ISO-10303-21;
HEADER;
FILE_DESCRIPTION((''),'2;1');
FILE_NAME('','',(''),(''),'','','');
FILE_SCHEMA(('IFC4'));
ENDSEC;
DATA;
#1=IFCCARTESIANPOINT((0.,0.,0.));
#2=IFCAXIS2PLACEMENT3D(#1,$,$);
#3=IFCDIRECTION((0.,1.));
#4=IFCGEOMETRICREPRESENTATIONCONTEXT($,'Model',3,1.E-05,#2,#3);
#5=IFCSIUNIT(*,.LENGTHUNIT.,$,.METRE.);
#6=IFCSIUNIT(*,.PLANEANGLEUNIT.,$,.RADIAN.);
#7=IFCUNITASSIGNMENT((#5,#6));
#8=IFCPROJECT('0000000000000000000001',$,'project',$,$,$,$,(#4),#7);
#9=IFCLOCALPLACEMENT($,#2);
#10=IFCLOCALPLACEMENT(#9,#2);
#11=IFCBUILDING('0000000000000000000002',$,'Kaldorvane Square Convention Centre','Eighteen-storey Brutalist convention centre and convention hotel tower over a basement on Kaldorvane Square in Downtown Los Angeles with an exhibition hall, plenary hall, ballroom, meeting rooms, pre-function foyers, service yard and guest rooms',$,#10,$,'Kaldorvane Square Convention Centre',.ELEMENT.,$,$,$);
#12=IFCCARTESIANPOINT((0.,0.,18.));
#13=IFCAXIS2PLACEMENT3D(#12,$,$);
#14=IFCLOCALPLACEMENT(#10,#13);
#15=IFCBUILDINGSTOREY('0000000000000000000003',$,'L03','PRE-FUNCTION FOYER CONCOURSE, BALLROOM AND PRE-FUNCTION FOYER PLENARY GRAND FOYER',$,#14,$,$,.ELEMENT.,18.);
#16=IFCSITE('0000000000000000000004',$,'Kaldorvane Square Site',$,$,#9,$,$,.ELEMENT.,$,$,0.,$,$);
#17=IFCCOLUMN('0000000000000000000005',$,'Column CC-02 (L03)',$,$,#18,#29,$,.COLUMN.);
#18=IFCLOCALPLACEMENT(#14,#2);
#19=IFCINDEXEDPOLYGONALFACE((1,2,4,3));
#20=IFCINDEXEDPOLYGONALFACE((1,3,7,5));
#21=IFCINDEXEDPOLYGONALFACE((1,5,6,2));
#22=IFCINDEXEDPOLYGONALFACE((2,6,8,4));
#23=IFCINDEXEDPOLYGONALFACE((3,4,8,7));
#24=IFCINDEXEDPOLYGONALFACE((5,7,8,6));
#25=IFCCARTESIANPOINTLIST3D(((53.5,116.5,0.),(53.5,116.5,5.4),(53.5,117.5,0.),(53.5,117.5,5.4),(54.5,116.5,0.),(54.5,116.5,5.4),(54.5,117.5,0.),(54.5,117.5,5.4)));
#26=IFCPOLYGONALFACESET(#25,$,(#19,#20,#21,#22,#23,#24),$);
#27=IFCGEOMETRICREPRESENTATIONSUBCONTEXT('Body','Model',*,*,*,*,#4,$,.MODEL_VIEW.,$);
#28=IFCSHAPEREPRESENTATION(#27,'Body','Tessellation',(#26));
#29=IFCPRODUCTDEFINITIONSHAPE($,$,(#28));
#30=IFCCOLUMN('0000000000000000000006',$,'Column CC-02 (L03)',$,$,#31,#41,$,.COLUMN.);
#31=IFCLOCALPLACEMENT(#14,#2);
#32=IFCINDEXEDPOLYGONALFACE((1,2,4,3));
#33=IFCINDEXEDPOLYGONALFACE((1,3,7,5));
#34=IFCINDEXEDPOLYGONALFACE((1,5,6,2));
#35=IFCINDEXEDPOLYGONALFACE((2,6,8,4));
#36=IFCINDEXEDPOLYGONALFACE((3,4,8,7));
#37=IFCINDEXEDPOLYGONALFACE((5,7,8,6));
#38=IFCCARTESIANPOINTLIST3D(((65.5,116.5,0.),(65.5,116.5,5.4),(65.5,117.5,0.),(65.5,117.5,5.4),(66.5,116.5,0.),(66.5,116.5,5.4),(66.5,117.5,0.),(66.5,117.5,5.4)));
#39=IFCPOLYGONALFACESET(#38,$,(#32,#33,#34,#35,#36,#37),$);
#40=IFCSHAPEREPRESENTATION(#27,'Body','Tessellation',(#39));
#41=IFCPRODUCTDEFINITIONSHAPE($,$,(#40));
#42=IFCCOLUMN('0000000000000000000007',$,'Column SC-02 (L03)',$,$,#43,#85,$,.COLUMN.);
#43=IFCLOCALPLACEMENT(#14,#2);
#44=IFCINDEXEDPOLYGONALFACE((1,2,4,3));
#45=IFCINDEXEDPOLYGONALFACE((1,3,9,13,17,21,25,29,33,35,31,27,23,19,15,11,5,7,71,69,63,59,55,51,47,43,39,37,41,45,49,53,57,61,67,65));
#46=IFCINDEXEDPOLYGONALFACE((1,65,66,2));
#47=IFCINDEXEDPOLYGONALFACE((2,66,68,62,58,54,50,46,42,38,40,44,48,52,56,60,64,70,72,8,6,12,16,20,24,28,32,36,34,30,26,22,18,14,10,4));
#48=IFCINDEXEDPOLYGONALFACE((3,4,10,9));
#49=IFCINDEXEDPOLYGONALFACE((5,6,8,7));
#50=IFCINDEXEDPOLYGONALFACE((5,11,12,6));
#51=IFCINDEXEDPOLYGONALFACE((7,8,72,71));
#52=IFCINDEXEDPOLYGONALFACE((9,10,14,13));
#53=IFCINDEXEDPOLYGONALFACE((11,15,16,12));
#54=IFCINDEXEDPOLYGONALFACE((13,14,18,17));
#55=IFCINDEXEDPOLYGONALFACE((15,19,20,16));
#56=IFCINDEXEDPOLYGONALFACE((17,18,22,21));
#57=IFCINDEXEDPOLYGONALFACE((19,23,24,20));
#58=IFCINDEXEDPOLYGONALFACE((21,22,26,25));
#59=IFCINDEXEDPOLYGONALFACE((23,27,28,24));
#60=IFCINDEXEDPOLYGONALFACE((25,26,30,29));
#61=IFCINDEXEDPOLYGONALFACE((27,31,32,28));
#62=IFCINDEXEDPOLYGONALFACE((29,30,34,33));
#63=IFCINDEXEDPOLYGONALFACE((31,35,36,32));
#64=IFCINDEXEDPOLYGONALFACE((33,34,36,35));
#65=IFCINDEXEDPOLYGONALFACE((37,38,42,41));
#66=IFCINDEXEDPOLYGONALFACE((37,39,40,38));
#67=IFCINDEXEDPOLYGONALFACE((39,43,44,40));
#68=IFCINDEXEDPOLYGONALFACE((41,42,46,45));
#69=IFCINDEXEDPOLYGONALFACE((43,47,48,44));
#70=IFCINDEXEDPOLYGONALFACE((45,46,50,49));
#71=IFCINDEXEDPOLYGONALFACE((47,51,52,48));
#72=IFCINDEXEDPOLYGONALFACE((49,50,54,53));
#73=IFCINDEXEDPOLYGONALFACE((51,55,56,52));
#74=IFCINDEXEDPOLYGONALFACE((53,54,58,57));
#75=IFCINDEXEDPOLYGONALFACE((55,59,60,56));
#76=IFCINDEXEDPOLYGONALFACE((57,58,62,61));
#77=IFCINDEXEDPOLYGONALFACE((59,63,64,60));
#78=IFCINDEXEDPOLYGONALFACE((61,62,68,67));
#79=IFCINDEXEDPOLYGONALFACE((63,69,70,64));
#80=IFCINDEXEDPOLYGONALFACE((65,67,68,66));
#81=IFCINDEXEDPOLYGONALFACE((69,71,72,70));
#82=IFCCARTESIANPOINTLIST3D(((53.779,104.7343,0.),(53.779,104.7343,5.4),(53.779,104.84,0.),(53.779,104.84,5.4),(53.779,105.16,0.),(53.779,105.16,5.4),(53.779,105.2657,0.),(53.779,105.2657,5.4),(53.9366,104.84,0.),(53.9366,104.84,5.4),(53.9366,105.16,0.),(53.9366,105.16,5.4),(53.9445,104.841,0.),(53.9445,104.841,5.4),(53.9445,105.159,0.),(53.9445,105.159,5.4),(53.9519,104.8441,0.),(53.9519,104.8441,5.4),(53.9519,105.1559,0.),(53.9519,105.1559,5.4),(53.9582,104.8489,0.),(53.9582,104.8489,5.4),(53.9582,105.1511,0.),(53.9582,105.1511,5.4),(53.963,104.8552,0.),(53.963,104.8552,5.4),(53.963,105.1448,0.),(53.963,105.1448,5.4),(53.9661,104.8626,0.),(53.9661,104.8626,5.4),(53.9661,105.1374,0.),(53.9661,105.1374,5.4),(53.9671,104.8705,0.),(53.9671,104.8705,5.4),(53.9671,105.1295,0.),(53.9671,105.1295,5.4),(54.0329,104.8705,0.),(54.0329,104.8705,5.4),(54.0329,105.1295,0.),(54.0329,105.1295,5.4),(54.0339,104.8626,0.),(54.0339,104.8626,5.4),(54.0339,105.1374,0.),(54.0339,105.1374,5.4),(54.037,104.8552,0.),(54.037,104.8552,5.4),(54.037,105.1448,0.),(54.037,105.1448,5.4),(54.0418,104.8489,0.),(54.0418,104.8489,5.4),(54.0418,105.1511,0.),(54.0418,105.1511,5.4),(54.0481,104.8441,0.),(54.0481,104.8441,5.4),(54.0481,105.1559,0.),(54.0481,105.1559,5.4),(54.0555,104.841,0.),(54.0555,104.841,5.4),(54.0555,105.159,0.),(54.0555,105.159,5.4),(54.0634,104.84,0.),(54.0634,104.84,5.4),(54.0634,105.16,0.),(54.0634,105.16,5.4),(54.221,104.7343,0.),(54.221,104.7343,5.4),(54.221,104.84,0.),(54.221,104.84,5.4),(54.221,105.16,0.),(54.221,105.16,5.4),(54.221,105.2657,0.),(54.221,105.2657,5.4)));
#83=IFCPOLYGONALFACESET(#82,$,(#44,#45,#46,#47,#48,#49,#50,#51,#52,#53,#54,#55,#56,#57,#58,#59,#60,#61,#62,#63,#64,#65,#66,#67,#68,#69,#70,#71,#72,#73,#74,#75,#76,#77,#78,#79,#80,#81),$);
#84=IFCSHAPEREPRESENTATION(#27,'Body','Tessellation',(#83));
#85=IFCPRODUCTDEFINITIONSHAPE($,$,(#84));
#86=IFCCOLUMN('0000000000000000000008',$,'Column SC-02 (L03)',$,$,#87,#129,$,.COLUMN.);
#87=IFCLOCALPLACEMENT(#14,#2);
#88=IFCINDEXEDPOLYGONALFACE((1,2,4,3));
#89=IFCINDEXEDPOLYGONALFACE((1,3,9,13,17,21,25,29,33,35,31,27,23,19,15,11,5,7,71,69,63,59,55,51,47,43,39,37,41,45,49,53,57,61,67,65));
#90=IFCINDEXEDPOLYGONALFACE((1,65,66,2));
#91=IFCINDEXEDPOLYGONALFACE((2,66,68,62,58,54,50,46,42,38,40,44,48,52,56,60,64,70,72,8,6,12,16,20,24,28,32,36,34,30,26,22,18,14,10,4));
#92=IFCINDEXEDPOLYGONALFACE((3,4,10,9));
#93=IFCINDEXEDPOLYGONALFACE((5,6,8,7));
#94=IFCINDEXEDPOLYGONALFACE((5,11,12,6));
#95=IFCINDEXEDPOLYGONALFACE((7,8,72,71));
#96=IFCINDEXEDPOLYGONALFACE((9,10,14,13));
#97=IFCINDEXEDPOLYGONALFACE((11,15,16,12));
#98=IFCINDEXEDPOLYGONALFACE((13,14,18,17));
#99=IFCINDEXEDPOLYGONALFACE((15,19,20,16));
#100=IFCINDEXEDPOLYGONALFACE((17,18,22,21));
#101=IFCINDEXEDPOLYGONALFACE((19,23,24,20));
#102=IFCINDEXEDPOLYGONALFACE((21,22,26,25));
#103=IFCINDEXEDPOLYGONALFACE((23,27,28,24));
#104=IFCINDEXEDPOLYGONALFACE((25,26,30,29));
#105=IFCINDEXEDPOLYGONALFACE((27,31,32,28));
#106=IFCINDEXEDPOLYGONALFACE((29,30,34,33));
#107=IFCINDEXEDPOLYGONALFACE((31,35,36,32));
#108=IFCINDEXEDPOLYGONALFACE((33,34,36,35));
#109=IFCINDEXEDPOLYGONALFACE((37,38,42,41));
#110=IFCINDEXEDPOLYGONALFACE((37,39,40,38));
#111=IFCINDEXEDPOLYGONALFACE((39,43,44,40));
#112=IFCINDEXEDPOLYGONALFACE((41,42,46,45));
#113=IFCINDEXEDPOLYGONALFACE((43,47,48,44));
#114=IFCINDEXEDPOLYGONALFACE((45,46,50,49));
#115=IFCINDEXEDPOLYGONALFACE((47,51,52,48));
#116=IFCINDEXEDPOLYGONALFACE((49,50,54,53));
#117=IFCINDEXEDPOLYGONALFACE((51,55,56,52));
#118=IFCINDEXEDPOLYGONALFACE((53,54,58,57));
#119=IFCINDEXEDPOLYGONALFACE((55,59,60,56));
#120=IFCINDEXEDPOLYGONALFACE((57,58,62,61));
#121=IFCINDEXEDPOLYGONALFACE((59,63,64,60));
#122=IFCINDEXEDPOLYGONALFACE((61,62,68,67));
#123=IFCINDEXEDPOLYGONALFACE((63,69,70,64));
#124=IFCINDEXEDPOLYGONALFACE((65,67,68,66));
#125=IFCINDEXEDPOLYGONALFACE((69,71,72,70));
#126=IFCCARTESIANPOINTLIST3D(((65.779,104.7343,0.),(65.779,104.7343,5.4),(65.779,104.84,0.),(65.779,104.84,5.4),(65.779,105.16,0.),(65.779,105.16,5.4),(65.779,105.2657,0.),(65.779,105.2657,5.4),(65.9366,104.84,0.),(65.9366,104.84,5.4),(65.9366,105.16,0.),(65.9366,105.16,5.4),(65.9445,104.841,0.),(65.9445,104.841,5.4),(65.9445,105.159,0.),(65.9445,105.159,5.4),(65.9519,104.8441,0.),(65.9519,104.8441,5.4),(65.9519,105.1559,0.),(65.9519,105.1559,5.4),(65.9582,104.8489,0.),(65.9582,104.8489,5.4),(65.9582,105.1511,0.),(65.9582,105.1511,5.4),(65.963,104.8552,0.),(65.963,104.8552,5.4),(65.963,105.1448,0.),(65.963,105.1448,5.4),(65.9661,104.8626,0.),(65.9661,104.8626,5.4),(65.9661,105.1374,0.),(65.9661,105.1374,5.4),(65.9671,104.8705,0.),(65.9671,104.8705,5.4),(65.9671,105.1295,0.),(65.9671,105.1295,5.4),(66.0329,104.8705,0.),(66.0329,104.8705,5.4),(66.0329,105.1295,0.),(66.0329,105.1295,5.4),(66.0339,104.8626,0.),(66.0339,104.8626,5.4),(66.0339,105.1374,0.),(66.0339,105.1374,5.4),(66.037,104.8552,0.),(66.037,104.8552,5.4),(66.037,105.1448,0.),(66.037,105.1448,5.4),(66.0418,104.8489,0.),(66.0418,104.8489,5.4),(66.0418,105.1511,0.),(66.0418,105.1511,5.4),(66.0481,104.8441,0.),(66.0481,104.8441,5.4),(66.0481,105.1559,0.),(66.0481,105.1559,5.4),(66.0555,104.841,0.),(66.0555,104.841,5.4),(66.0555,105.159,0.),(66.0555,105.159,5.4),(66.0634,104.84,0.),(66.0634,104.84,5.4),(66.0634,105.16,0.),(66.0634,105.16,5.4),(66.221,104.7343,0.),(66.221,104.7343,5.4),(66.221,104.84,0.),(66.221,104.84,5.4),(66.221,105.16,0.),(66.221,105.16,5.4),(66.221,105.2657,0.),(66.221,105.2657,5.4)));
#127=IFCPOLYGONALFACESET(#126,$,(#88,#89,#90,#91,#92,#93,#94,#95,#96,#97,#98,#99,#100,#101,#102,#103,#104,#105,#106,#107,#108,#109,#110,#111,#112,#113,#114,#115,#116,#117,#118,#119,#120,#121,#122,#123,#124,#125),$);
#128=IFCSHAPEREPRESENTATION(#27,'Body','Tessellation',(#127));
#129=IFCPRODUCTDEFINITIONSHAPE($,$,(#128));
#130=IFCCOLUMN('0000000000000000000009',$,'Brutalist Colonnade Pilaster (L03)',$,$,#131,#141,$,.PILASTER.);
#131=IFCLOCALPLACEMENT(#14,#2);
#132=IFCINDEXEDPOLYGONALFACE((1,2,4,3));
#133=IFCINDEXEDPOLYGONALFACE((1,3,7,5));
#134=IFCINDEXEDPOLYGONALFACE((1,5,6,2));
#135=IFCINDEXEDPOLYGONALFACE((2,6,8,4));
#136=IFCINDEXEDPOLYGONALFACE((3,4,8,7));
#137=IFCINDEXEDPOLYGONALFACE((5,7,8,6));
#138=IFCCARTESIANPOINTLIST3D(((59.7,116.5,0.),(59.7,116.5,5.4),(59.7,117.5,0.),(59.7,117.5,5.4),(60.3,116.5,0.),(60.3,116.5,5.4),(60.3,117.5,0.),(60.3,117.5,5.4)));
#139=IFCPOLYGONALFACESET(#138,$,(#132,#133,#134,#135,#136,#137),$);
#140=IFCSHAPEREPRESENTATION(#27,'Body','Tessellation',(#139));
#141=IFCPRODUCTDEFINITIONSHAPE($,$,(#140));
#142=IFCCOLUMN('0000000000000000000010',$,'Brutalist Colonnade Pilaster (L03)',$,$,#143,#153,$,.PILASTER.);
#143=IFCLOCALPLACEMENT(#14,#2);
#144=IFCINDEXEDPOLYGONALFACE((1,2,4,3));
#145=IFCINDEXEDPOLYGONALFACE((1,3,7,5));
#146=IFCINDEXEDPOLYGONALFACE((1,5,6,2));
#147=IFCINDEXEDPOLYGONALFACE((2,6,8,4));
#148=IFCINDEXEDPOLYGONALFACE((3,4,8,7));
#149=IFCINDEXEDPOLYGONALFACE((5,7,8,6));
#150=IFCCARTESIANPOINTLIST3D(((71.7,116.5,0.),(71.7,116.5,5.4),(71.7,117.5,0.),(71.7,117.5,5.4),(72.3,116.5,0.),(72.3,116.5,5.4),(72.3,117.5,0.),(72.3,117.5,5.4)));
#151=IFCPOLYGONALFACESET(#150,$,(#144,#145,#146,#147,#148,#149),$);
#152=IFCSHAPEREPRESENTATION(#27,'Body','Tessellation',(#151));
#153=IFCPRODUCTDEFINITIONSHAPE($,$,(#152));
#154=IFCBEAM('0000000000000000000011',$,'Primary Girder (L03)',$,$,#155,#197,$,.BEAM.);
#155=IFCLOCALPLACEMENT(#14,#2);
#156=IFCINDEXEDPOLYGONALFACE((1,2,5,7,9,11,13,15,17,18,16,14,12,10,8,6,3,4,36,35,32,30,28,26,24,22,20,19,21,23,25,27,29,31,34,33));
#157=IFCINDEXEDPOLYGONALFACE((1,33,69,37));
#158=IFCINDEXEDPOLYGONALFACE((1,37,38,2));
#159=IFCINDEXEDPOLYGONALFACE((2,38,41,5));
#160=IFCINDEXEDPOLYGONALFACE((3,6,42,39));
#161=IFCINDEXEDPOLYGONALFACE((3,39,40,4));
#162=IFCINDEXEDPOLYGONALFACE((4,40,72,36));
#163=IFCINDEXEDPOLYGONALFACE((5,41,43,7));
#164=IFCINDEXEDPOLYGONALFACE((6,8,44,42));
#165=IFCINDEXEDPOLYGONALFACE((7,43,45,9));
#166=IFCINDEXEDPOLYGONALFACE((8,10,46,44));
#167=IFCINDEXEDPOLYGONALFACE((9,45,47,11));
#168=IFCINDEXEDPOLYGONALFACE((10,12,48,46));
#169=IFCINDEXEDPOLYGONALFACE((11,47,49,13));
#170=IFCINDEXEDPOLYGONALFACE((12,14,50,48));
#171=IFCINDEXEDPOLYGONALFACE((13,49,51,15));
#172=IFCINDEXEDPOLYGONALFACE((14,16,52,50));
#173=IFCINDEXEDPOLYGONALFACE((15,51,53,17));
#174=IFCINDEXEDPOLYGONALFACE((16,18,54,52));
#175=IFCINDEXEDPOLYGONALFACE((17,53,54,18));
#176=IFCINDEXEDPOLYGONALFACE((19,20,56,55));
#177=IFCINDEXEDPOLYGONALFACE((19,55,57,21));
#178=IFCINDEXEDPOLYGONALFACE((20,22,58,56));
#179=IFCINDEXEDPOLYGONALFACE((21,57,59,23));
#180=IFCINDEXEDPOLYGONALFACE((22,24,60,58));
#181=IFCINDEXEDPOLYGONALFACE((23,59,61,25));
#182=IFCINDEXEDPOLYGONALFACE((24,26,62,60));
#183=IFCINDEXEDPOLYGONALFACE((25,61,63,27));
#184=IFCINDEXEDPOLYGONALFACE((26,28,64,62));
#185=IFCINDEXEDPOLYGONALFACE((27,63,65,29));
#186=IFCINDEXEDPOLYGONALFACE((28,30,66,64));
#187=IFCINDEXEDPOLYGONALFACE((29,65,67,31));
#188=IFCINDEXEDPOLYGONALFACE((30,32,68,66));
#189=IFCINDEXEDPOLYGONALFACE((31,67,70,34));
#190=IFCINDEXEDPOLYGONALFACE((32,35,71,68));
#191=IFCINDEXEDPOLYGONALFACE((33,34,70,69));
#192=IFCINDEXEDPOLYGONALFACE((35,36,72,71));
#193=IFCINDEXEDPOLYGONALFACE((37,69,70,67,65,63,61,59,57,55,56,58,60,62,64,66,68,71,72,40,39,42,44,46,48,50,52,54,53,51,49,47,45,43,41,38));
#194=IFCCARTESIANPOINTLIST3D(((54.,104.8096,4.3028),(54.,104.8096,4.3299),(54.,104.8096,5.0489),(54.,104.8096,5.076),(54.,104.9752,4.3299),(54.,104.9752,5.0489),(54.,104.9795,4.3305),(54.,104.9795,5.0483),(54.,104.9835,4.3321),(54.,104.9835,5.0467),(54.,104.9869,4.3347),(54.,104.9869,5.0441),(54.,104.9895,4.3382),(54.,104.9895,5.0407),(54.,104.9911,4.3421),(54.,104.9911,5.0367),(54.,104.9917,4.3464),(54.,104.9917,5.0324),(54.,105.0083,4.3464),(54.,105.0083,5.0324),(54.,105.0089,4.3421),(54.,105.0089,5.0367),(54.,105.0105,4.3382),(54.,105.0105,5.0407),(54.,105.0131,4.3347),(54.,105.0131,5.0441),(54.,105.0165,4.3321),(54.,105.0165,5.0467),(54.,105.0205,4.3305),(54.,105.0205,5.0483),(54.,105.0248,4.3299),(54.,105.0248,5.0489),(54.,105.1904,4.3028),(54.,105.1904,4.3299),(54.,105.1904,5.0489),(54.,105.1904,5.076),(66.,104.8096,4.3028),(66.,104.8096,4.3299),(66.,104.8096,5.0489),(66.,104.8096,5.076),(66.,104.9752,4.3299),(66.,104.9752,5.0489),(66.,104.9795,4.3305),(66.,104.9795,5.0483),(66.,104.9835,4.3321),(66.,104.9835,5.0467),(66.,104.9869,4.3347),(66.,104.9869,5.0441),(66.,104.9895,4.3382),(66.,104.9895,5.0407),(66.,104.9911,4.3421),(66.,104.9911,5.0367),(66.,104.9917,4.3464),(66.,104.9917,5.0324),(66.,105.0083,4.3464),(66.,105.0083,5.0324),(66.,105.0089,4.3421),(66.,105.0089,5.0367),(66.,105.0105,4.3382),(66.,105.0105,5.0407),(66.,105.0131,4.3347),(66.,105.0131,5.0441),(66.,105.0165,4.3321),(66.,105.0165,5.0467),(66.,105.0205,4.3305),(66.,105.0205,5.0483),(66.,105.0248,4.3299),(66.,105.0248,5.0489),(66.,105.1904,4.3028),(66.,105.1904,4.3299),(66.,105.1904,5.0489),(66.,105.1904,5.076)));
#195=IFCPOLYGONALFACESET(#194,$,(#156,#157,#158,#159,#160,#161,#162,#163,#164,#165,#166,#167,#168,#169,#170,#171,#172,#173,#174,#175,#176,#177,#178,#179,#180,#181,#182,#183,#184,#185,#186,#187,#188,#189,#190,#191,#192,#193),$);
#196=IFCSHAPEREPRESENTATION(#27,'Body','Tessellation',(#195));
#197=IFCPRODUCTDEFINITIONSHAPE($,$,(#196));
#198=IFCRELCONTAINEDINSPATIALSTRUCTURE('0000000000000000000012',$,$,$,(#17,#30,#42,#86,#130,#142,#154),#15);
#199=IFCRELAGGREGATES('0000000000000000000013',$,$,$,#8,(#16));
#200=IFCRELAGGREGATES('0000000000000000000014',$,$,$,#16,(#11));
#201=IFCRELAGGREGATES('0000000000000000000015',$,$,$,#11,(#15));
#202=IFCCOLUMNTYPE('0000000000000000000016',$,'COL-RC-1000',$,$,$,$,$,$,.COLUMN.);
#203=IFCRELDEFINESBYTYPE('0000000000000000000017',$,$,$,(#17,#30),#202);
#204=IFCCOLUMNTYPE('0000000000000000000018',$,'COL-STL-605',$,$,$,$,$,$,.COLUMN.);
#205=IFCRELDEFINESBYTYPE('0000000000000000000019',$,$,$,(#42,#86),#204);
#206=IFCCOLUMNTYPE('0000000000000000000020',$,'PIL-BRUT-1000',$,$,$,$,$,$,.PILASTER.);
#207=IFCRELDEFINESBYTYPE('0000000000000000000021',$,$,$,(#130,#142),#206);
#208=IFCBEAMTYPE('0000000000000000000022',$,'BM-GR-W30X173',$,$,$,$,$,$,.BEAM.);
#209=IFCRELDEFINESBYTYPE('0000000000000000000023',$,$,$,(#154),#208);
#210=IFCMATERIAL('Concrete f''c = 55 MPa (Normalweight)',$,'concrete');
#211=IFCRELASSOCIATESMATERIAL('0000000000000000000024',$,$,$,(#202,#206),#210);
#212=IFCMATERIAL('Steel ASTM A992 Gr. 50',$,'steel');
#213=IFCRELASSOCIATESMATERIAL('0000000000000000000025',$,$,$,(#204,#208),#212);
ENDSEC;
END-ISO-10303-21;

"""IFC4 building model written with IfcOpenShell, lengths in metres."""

from ifc_helpers import new_model, si_unit, direction, frame, origin, origin_2d, place, context, subcontext, project, spatial, rectangle, i_section, extrude, material, material_profile, profile_set, type_object, element, save


model = new_model("IFC4")

# Units and contexts
model_context = context("Model", 3, precision=1e-05, world=origin(), true_north=direction((0.0, 1.0)))
body_context = subcontext(model_context, "Body", "Model", "MODEL_VIEW")
ifc_project = project(units=[si_unit("LENGTHUNIT", "METRE"), si_unit("PLANEANGLEUNIT", "RADIAN")], contexts=[model_context])

# Site, building, storey
site_placement = place(None, origin())
site = spatial("IfcSite", under=ifc_project, at=site_placement, Name="Kaldorvane Square Site", CompositionType="ELEMENT", RefElevation=0.0)
building_placement = place(site_placement, origin())
building = spatial("IfcBuilding", under=site, at=building_placement, Name="Kaldorvane Square Convention Centre", Description="Eighteen-storey Brutalist convention centre and convention hotel tower over a basement on Kaldorvane Square in Downtown Los Angeles with an exhibition hall, plenary hall, ballroom, meeting rooms, pre-function foyers, service yard and guest rooms", LongName="Kaldorvane Square Convention Centre", CompositionType="ELEMENT")
storey_placement = place(building_placement, frame((0.0, 0.0, 18.0)))
storey = spatial("IfcBuildingStorey", under=building, at=storey_placement, Name="L03", Description="PRE-FUNCTION FOYER CONCOURSE, BALLROOM AND PRE-FUNCTION FOYER PLENARY GRAND FOYER", CompositionType="ELEMENT", Elevation=18.0)

# Columns
ifc_material_1 = material(Name="Concrete f'c = 55 MPa (Normalweight)", Category="concrete")
ifc_material_profile_1 = material_profile(ifc_material_1, rectangle(XDim=1.0, YDim=1.0, at=origin_2d()), Name="RC1000X1000")
ifc_profile_set_1 = profile_set([ifc_material_profile_1], Name="Concrete f'c = 55 MPa (Normalweight)")
column_type_1 = type_object("IfcColumnType", Name="COL-RC-1000", PredefinedType="COLUMN", material=ifc_profile_set_1)
for number, where, z_axis, x_axis, name in (
    (1, (54.0, 117.0, 0.0), (0.0, 0.0, 1.0), (1.0, 0.0, 0.0), "Column CC-02 (L03)"),
    (2, (66.0, 117.0, 0.0), (0.0, 0.0, 1.0), (1.0, 0.0, 0.0), "Column CC-02 (L03)"),
):
    element("IfcColumn", number, at=place(storey_placement, frame(where, z_axis=z_axis, x_axis=x_axis)), inside=storey, type_object=column_type_1, Name=name, PredefinedType="COLUMN", context=body_context, shape_type="SweptSolid", body=[
        extrude(rectangle(XDim=1.0, YDim=1.0, at=origin_2d()), origin(), (0.0, 0.0, 1.0), 5.4),
    ])
ifc_material_2 = material(Name="Steel ASTM A992 Gr. 50", Category="steel")
ifc_material_profile_2 = material_profile(ifc_material_2, i_section(OverallWidth=0.442, OverallDepth=0.5314, WebThickness=0.0658, FlangeThickness=0.1057, FilletRadius=0.0305, at=origin_2d()), Name="W14X605")
ifc_profile_set_2 = profile_set([ifc_material_profile_2], Name="Steel ASTM A992 Gr. 50")
column_type_2 = type_object("IfcColumnType", Name="COL-STL-605", PredefinedType="COLUMN", material=ifc_profile_set_2)
for number, where, z_axis, x_axis, name in (
    (3, (54.0, 105.0, 0.0), (0.0, 0.0, 1.0), (1.0, 0.0, 0.0), "Column SC-02 (L03)"),
    (4, (66.0, 105.0, 0.0), (0.0, 0.0, 1.0), (1.0, 0.0, 0.0), "Column SC-02 (L03)"),
):
    element("IfcColumn", number, at=place(storey_placement, frame(where, z_axis=z_axis, x_axis=x_axis)), inside=storey, type_object=column_type_2, Name=name, PredefinedType="COLUMN", context=body_context, shape_type="SweptSolid", body=[
        extrude(i_section(OverallWidth=0.442, OverallDepth=0.5314, WebThickness=0.0658, FlangeThickness=0.1057, FilletRadius=0.0305, at=origin_2d()), origin(), (0.0, 0.0, 1.0), 5.4),
    ])
ifc_material_profile_3 = material_profile(ifc_material_1, rectangle(XDim=0.6, YDim=1.0, at=origin_2d()), Name="PIL1000X600")
ifc_profile_set_3 = profile_set([ifc_material_profile_3], Name="Concrete f'c = 55 MPa (Normalweight)")
column_type_3 = type_object("IfcColumnType", Name="PIL-BRUT-1000", PredefinedType="PILASTER", material=ifc_profile_set_3)
for number, where, z_axis, x_axis, name in (
    (5, (60.0, 117.0, 0.0), (0.0, 0.0, 1.0), (1.0, 0.0, 0.0), "Brutalist Colonnade Pilaster (L03)"),
    (6, (72.0, 117.0, 0.0), (0.0, 0.0, 1.0), (1.0, 0.0, 0.0), "Brutalist Colonnade Pilaster (L03)"),
):
    element("IfcColumn", number, at=place(storey_placement, frame(where, z_axis=z_axis, x_axis=x_axis)), inside=storey, type_object=column_type_3, Name=name, PredefinedType="PILASTER", context=body_context, shape_type="SweptSolid", body=[
        extrude(rectangle(XDim=0.6, YDim=1.0, at=origin_2d()), origin(), (0.0, 0.0, 1.0), 5.4),
    ])

# Beam
ifc_material_profile_4 = material_profile(ifc_material_2, i_section(OverallWidth=0.3807, OverallDepth=0.7732, WebThickness=0.0166, FlangeThickness=0.0271, FilletRadius=0.0165, at=origin_2d()), Name="W30X173")
ifc_profile_set_4 = profile_set([ifc_material_profile_4], Name="Steel ASTM A992 Gr. 50")
beam_type_1 = type_object("IfcBeamType", Name="BM-GR-W30X173", PredefinedType="BEAM", material=ifc_profile_set_4)
for number, where, z_axis, x_axis, name in (
    (7, (54.0, 105.0, 4.6894), (1.0, 0.0, 0.0), (0.0, 1.0, 0.0), "Primary Girder (L03)"),
):
    element("IfcBeam", number, at=place(storey_placement, frame(where, z_axis=z_axis, x_axis=x_axis)), inside=storey, type_object=beam_type_1, Name=name, PredefinedType="BEAM", context=body_context, shape_type="SweptSolid", body=[
        extrude(i_section(OverallWidth=0.3807, OverallDepth=0.7732, WebThickness=0.0166, FlangeThickness=0.0271, FilletRadius=0.0165, at=origin_2d()), origin(), (0.0, 0.0, 1.0), 12.0),
    ])

save(model, "model.ifc")
